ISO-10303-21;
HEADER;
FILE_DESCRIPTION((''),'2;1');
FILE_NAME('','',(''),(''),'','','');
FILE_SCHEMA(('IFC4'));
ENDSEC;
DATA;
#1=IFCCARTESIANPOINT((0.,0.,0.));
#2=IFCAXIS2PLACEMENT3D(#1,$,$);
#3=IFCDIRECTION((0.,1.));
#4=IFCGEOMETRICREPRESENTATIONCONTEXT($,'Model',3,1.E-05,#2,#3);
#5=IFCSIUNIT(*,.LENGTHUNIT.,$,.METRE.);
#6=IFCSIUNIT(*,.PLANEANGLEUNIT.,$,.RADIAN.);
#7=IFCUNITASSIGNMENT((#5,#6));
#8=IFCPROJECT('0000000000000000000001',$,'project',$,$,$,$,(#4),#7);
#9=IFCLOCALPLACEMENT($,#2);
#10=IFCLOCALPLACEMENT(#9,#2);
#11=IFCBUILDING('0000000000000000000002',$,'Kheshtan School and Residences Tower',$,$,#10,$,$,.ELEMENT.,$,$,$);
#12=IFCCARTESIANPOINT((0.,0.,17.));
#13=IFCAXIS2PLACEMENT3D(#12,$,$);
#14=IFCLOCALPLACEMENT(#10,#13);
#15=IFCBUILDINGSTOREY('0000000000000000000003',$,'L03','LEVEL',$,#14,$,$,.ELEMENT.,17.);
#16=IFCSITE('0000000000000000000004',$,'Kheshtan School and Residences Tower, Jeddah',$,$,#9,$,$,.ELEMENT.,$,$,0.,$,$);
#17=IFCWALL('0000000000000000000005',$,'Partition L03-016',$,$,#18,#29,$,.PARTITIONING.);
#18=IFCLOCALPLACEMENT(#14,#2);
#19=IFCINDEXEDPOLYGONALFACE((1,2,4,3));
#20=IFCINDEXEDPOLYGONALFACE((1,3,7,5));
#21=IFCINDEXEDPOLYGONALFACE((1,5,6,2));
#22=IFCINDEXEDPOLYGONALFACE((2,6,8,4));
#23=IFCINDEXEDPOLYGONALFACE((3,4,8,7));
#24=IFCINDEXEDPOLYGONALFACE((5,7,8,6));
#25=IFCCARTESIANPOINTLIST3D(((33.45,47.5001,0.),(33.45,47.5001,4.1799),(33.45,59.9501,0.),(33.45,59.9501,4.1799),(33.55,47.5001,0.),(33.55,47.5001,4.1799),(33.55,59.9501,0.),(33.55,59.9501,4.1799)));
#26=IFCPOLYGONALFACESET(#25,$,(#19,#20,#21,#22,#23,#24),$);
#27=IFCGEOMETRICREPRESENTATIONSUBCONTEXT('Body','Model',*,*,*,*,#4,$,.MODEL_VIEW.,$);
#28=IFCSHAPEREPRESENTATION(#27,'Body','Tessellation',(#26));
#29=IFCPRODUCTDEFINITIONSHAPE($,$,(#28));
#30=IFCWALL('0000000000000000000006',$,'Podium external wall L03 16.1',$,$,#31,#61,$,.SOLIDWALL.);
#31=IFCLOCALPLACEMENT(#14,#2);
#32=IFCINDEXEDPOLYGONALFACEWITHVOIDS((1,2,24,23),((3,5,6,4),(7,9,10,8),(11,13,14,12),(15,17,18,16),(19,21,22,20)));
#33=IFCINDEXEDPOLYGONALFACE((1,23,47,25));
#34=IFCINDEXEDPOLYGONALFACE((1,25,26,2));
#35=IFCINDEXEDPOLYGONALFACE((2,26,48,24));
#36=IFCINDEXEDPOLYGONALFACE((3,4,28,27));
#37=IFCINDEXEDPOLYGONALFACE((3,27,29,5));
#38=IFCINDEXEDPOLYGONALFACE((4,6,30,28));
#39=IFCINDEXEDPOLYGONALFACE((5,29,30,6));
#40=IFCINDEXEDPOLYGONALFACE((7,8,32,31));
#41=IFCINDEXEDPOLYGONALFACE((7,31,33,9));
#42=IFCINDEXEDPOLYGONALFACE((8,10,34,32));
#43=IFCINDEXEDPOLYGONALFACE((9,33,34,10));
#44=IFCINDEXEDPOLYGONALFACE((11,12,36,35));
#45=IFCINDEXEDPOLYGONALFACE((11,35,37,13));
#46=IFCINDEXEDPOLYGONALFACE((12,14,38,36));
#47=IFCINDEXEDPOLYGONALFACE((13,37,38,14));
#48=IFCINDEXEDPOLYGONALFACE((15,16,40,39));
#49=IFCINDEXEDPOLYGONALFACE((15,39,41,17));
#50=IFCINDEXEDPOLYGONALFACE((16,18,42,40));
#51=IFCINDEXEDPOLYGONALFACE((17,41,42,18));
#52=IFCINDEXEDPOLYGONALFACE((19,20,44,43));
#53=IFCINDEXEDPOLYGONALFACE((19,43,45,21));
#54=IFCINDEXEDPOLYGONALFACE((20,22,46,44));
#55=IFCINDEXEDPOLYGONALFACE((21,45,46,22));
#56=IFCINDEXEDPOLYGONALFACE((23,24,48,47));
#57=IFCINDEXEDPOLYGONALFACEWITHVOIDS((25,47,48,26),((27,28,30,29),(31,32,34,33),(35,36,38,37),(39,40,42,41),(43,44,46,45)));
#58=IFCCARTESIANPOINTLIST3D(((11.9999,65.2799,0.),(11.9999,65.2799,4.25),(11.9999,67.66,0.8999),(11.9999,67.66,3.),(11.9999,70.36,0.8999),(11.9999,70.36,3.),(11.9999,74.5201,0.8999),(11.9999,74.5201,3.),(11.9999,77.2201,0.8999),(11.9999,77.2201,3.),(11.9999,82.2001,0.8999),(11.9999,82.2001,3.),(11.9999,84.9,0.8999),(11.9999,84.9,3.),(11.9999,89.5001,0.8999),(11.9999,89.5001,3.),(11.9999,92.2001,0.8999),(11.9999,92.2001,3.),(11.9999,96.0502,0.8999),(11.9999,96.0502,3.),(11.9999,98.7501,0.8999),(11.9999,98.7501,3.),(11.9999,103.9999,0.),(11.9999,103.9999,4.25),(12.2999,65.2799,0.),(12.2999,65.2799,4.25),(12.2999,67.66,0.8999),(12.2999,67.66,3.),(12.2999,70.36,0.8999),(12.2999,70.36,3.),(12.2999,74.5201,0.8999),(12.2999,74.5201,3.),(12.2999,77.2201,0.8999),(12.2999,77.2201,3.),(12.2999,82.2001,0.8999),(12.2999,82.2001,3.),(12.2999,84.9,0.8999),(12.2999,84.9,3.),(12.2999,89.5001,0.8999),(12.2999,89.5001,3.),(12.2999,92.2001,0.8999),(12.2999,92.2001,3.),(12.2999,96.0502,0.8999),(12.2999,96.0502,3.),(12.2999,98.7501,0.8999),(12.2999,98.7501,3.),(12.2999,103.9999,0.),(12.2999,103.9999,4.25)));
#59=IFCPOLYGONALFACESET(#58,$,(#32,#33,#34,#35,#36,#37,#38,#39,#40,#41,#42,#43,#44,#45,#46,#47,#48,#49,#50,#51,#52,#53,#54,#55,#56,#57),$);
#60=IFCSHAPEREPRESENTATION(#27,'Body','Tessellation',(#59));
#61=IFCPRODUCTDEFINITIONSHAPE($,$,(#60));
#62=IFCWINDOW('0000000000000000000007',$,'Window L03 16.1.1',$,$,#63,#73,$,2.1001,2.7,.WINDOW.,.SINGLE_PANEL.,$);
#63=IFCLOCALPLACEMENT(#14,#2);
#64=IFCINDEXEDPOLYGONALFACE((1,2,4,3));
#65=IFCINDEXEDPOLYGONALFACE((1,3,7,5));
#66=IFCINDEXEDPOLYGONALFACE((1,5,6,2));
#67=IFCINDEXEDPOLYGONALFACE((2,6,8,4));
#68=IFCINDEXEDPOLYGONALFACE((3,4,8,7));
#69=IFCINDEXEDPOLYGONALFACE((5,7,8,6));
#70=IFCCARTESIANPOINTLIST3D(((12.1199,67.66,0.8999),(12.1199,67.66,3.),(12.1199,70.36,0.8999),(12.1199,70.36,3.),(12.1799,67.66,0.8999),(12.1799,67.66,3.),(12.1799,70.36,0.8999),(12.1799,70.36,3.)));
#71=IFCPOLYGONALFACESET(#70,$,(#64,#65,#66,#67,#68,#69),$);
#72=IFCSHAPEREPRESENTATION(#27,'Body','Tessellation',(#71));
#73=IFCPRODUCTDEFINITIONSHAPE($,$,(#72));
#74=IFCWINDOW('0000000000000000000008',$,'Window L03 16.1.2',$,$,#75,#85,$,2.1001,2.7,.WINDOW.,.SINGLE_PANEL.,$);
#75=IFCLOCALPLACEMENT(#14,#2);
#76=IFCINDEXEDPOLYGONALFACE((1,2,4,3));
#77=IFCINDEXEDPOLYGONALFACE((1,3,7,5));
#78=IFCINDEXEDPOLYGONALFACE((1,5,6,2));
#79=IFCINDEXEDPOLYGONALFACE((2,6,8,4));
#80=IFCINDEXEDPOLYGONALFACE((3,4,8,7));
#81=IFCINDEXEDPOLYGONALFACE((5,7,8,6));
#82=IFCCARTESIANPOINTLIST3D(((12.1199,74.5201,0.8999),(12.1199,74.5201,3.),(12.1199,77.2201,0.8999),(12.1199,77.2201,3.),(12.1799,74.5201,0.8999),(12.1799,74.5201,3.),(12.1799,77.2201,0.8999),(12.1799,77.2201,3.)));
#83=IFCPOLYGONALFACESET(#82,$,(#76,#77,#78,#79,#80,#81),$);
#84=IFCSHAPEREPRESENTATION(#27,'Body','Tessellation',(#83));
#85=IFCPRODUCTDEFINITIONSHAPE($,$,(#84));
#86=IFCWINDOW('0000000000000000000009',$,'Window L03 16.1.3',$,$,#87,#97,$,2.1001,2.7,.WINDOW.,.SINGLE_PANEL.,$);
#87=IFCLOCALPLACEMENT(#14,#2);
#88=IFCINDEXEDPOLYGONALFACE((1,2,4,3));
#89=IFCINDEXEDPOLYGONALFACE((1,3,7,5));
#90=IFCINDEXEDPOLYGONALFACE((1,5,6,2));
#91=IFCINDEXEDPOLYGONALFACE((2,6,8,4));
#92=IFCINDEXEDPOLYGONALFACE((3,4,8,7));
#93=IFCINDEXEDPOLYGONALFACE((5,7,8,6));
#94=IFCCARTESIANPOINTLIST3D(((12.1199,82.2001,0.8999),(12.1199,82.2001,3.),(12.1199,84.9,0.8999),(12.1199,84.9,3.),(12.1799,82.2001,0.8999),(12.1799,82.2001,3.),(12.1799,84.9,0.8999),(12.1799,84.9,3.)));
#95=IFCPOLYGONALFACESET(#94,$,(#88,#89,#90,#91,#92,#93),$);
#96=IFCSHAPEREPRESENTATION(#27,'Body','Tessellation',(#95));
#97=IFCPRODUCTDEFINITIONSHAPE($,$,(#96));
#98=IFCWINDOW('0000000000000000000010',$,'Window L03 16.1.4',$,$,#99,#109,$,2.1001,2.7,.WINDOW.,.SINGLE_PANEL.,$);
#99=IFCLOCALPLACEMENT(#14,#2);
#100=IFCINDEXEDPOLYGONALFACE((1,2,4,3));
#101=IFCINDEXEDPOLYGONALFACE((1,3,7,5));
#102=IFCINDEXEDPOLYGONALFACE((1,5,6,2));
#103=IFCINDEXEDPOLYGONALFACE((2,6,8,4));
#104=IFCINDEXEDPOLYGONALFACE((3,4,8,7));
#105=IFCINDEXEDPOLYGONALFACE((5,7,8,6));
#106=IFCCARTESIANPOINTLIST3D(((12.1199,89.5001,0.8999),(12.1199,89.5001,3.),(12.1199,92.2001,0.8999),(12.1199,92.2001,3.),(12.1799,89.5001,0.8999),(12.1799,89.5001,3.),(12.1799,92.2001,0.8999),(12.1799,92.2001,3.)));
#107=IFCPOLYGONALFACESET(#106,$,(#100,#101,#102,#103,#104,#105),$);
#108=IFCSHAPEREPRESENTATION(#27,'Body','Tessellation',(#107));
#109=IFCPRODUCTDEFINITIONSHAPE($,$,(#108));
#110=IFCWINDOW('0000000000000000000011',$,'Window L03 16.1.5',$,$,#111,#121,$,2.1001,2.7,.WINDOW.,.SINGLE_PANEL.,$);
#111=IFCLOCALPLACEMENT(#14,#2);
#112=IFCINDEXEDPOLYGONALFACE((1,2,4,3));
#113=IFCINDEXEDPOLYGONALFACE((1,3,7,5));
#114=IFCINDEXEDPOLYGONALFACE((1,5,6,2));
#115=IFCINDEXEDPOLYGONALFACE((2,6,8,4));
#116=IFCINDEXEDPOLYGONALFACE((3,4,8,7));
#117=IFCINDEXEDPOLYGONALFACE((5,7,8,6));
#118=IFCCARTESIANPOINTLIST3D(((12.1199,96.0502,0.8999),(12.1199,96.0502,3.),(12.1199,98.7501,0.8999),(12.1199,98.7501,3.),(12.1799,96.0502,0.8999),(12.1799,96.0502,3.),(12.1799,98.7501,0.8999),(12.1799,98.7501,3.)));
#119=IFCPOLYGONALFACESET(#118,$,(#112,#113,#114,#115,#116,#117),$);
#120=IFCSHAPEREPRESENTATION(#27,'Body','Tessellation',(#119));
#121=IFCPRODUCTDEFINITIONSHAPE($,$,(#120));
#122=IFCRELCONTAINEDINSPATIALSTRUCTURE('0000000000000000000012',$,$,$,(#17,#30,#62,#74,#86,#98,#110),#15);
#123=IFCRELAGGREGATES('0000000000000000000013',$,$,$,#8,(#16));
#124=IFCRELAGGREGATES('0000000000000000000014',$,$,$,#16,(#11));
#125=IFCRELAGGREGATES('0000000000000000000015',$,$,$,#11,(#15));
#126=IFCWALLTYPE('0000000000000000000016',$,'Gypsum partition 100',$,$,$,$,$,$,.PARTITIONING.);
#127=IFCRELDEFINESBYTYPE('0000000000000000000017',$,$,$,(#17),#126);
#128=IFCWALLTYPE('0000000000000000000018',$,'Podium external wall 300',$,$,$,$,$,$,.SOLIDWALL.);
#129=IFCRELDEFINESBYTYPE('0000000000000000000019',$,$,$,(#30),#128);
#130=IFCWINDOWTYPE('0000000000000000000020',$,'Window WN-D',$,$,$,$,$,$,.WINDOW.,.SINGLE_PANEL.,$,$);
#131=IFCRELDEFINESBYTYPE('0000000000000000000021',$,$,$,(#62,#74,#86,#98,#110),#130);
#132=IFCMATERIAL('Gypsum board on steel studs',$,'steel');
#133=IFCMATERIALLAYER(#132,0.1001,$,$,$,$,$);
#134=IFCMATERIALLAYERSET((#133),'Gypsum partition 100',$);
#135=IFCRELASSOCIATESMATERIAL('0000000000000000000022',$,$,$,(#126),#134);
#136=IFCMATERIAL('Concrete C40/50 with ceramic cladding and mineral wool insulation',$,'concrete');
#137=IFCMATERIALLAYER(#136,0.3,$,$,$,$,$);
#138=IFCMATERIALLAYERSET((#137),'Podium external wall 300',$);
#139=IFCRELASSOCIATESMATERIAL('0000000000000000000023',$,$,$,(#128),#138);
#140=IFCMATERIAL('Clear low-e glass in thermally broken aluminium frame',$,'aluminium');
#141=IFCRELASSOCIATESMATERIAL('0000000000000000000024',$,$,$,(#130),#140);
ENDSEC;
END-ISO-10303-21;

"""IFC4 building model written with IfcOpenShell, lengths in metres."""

from ifc_helpers import new_model, si_unit, direction, frame, frame_2d, origin, place, context, subcontext, project, spatial, rectangle, extrude, source, transform, mapped, material, layer, layer_set, type_object, element, fill, save


model = new_model("IFC4")

# Units and contexts
model_context = context("Model", 3, precision=1e-05, world=origin(), true_north=direction((0.0, 1.0)))
body_context = subcontext(model_context, "Body", "Model", "MODEL_VIEW")
ifc_project = project(units=[si_unit("LENGTHUNIT", "METRE"), si_unit("PLANEANGLEUNIT", "RADIAN")], contexts=[model_context])

# Site, building, storey
site_placement = place(None, origin())
site = spatial("IfcSite", under=ifc_project, at=site_placement, Name="Kheshtan School and Residences Tower, Jeddah", CompositionType="ELEMENT", RefElevation=0.0)
building_placement = place(site_placement, origin())
building = spatial("IfcBuilding", under=site, at=building_placement, Name="Kheshtan School and Residences Tower", CompositionType="ELEMENT")
storey_placement = place(building_placement, frame((0.0, 0.0, 17.0)))
storey = spatial("IfcBuildingStorey", under=building, at=storey_placement, Name="L03", Description="LEVEL", CompositionType="ELEMENT", Elevation=17.0)

# Shared definitions
ifc_material_1 = material(Name="Clear low-e glass in thermally broken aluminium frame", Category="aluminium")

# Wall
ifc_material_2 = material(Name="Gypsum board on steel studs", Category="steel")
ifc_layer_1 = layer(ifc_material_2, 0.1001)
ifc_layer_set_1 = layer_set([ifc_layer_1], Name="Gypsum partition 100")
wall_type_1 = type_object("IfcWallType", Name="Gypsum partition 100", PredefinedType="PARTITIONING", material=ifc_layer_set_1)
wall_1_placement = place(storey_placement, frame((33.5, 47.5, 0.0), z_axis=(0.0, 0.0, 1.0), x_axis=(0.0, 1.0, 0.0)))
element("IfcWall", 1, at=wall_1_placement, inside=storey, type_object=wall_type_1, Name="Partition L03-016", PredefinedType="PARTITIONING", context=body_context, shape_type="SweptSolid", body=[
    extrude(rectangle(XDim=12.45, YDim=0.1001, at=frame_2d((6.2251, 0.0))), origin(), (0.0, 0.0, 1.0), 4.1799),
])

# Wall, openings, windows
ifc_material_3 = material(Name="Concrete C40/50 with ceramic cladding and mineral wool insulation", Category="concrete")
ifc_layer_2 = layer(ifc_material_3, 0.3)
ifc_layer_set_2 = layer_set([ifc_layer_2], Name="Podium external wall 300")
wall_type_2 = type_object("IfcWallType", Name="Podium external wall 300", PredefinedType="SOLIDWALL", material=ifc_layer_set_2)
wall_2_placement = place(storey_placement, frame((12.1499, 65.28, 0.0), z_axis=(0.0, 0.0, 1.0), x_axis=(0.0, 1.0, 0.0)))
wall_2 = element("IfcWall", 2, at=wall_2_placement, inside=storey, type_object=wall_type_2, Name="Podium external wall L03 16.1", PredefinedType="SOLIDWALL", context=body_context, shape_type="SweptSolid", body=[
    extrude(rectangle(XDim=38.72, YDim=0.3, at=frame_2d((19.3599, 0.0))), origin(), (0.0, 0.0, 1.0), 4.25),
])
opening_1_placement = place(wall_2_placement, frame((2.3799, 0.0, 0.8999)))
opening_1 = element("IfcOpeningElement", 3, at=opening_1_placement, cuts=wall_2, PredefinedType="OPENING", context=body_context, shape_type="SweptSolid", body=[
    extrude(rectangle(XDim=2.7, YDim=2.1001, at=frame_2d((1.3501, 1.05))), frame((0.0, 0.1602, 0.0), z_axis=(0.0, -1.0, 0.0), x_axis=(1.0, 0.0, 0.0)), (0.0, 0.0, 1.0), 0.3201),
])
opening_2_placement = place(wall_2_placement, frame((9.24, 0.0, 0.8999)))
opening_2 = element("IfcOpeningElement", 4, at=opening_2_placement, cuts=wall_2, PredefinedType="OPENING", context=body_context, shape_type="SweptSolid", body=[
    extrude(rectangle(XDim=2.7, YDim=2.1001, at=frame_2d((1.3501, 1.05))), frame((0.0, 0.1602, 0.0), z_axis=(0.0, -1.0, 0.0), x_axis=(1.0, 0.0, 0.0)), (0.0, 0.0, 1.0), 0.3201),
])
opening_3_placement = place(wall_2_placement, frame((16.9199, 0.0, 0.8999)))
opening_3 = element("IfcOpeningElement", 5, at=opening_3_placement, cuts=wall_2, PredefinedType="OPENING", context=body_context, shape_type="SweptSolid", body=[
    extrude(rectangle(XDim=2.7, YDim=2.1001, at=frame_2d((1.3501, 1.05))), frame((0.0, 0.1602, 0.0), z_axis=(0.0, -1.0, 0.0), x_axis=(1.0, 0.0, 0.0)), (0.0, 0.0, 1.0), 0.3201),
])
opening_4_placement = place(wall_2_placement, frame((24.22, 0.0, 0.8999)))
opening_4 = element("IfcOpeningElement", 6, at=opening_4_placement, cuts=wall_2, PredefinedType="OPENING", context=body_context, shape_type="SweptSolid", body=[
    extrude(rectangle(XDim=2.7, YDim=2.1001, at=frame_2d((1.3501, 1.05))), frame((0.0, 0.1602, 0.0), z_axis=(0.0, -1.0, 0.0), x_axis=(1.0, 0.0, 0.0)), (0.0, 0.0, 1.0), 0.3201),
])
opening_5_placement = place(wall_2_placement, frame((30.77, 0.0, 0.8999)))
opening_5 = element("IfcOpeningElement", 7, at=opening_5_placement, cuts=wall_2, PredefinedType="OPENING", context=body_context, shape_type="SweptSolid", body=[
    extrude(rectangle(XDim=2.7, YDim=2.1001, at=frame_2d((1.3501, 1.05))), frame((0.0, 0.1602, 0.0), z_axis=(0.0, -1.0, 0.0), x_axis=(1.0, 0.0, 0.0)), (0.0, 0.0, 1.0), 0.3201),
])
window_type = type_object("IfcWindowType", Name="Window WN-D", PartitioningType="SINGLE_PANEL", PredefinedType="WINDOW", material=ifc_material_1)
shared_shape = source(origin(), body_context, "Body", "SweptSolid", [
    extrude(rectangle(XDim=2.7, YDim=2.1001, at=frame_2d((1.3501, 1.05))), frame((0.0, 0.03, 0.0), z_axis=(0.0, -1.0, 0.0), x_axis=(1.0, 0.0, 0.0)), (0.0, 0.0, 1.0), 0.0601),
])
window_1_placement = place(opening_1_placement, origin())
window_1 = element("IfcWindow", 8, at=window_1_placement, inside=storey, type_object=window_type, Name="Window L03 16.1.1", OverallHeight=2.1001, OverallWidth=2.7, PartitioningType="SINGLE_PANEL", PredefinedType="WINDOW", context=body_context, shape_type="MappedRepresentation", body=[
    mapped(shared_shape, transform((0.0, 0.0, 0.0), x_axis=(1.0, 0.0, 0.0), y_axis=(0.0, 1.0, 0.0), z_axis=(0.0, 0.0, 1.0), scale=1.0)),
])
fill(opening_1, window_1)
window_2_placement = place(opening_2_placement, origin())
window_2 = element("IfcWindow", 9, at=window_2_placement, inside=storey, type_object=window_type, Name="Window L03 16.1.2", OverallHeight=2.1001, OverallWidth=2.7, PartitioningType="SINGLE_PANEL", PredefinedType="WINDOW", context=body_context, shape_type="MappedRepresentation", body=[
    mapped(shared_shape, transform((0.0, 0.0, 0.0), x_axis=(1.0, 0.0, 0.0), y_axis=(0.0, 1.0, 0.0), z_axis=(0.0, 0.0, 1.0), scale=1.0)),
])
fill(opening_2, window_2)
window_3_placement = place(opening_3_placement, origin())
window_3 = element("IfcWindow", 10, at=window_3_placement, inside=storey, type_object=window_type, Name="Window L03 16.1.3", OverallHeight=2.1001, OverallWidth=2.7, PartitioningType="SINGLE_PANEL", PredefinedType="WINDOW", context=body_context, shape_type="MappedRepresentation", body=[
    mapped(shared_shape, transform((0.0, 0.0, 0.0), x_axis=(1.0, 0.0, 0.0), y_axis=(0.0, 1.0, 0.0), z_axis=(0.0, 0.0, 1.0), scale=1.0)),
])
fill(opening_3, window_3)
window_4_placement = place(opening_4_placement, origin())
window_4 = element("IfcWindow", 11, at=window_4_placement, inside=storey, type_object=window_type, Name="Window L03 16.1.4", OverallHeight=2.1001, OverallWidth=2.7, PartitioningType="SINGLE_PANEL", PredefinedType="WINDOW", context=body_context, shape_type="MappedRepresentation", body=[
    mapped(shared_shape, transform((0.0, 0.0, 0.0), x_axis=(1.0, 0.0, 0.0), y_axis=(0.0, 1.0, 0.0), z_axis=(0.0, 0.0, 1.0), scale=1.0)),
])
fill(opening_4, window_4)
window_5_placement = place(opening_5_placement, origin())
window_5 = element("IfcWindow", 12, at=window_5_placement, inside=storey, type_object=window_type, Name="Window L03 16.1.5", OverallHeight=2.1001, OverallWidth=2.7, PartitioningType="SINGLE_PANEL", PredefinedType="WINDOW", context=body_context, shape_type="MappedRepresentation", body=[
    mapped(shared_shape, transform((0.0, 0.0, 0.0), x_axis=(1.0, 0.0, 0.0), y_axis=(0.0, 1.0, 0.0), z_axis=(0.0, 0.0, 1.0), scale=1.0)),
])
fill(opening_5, window_5)

save(model, "model.ifc")
